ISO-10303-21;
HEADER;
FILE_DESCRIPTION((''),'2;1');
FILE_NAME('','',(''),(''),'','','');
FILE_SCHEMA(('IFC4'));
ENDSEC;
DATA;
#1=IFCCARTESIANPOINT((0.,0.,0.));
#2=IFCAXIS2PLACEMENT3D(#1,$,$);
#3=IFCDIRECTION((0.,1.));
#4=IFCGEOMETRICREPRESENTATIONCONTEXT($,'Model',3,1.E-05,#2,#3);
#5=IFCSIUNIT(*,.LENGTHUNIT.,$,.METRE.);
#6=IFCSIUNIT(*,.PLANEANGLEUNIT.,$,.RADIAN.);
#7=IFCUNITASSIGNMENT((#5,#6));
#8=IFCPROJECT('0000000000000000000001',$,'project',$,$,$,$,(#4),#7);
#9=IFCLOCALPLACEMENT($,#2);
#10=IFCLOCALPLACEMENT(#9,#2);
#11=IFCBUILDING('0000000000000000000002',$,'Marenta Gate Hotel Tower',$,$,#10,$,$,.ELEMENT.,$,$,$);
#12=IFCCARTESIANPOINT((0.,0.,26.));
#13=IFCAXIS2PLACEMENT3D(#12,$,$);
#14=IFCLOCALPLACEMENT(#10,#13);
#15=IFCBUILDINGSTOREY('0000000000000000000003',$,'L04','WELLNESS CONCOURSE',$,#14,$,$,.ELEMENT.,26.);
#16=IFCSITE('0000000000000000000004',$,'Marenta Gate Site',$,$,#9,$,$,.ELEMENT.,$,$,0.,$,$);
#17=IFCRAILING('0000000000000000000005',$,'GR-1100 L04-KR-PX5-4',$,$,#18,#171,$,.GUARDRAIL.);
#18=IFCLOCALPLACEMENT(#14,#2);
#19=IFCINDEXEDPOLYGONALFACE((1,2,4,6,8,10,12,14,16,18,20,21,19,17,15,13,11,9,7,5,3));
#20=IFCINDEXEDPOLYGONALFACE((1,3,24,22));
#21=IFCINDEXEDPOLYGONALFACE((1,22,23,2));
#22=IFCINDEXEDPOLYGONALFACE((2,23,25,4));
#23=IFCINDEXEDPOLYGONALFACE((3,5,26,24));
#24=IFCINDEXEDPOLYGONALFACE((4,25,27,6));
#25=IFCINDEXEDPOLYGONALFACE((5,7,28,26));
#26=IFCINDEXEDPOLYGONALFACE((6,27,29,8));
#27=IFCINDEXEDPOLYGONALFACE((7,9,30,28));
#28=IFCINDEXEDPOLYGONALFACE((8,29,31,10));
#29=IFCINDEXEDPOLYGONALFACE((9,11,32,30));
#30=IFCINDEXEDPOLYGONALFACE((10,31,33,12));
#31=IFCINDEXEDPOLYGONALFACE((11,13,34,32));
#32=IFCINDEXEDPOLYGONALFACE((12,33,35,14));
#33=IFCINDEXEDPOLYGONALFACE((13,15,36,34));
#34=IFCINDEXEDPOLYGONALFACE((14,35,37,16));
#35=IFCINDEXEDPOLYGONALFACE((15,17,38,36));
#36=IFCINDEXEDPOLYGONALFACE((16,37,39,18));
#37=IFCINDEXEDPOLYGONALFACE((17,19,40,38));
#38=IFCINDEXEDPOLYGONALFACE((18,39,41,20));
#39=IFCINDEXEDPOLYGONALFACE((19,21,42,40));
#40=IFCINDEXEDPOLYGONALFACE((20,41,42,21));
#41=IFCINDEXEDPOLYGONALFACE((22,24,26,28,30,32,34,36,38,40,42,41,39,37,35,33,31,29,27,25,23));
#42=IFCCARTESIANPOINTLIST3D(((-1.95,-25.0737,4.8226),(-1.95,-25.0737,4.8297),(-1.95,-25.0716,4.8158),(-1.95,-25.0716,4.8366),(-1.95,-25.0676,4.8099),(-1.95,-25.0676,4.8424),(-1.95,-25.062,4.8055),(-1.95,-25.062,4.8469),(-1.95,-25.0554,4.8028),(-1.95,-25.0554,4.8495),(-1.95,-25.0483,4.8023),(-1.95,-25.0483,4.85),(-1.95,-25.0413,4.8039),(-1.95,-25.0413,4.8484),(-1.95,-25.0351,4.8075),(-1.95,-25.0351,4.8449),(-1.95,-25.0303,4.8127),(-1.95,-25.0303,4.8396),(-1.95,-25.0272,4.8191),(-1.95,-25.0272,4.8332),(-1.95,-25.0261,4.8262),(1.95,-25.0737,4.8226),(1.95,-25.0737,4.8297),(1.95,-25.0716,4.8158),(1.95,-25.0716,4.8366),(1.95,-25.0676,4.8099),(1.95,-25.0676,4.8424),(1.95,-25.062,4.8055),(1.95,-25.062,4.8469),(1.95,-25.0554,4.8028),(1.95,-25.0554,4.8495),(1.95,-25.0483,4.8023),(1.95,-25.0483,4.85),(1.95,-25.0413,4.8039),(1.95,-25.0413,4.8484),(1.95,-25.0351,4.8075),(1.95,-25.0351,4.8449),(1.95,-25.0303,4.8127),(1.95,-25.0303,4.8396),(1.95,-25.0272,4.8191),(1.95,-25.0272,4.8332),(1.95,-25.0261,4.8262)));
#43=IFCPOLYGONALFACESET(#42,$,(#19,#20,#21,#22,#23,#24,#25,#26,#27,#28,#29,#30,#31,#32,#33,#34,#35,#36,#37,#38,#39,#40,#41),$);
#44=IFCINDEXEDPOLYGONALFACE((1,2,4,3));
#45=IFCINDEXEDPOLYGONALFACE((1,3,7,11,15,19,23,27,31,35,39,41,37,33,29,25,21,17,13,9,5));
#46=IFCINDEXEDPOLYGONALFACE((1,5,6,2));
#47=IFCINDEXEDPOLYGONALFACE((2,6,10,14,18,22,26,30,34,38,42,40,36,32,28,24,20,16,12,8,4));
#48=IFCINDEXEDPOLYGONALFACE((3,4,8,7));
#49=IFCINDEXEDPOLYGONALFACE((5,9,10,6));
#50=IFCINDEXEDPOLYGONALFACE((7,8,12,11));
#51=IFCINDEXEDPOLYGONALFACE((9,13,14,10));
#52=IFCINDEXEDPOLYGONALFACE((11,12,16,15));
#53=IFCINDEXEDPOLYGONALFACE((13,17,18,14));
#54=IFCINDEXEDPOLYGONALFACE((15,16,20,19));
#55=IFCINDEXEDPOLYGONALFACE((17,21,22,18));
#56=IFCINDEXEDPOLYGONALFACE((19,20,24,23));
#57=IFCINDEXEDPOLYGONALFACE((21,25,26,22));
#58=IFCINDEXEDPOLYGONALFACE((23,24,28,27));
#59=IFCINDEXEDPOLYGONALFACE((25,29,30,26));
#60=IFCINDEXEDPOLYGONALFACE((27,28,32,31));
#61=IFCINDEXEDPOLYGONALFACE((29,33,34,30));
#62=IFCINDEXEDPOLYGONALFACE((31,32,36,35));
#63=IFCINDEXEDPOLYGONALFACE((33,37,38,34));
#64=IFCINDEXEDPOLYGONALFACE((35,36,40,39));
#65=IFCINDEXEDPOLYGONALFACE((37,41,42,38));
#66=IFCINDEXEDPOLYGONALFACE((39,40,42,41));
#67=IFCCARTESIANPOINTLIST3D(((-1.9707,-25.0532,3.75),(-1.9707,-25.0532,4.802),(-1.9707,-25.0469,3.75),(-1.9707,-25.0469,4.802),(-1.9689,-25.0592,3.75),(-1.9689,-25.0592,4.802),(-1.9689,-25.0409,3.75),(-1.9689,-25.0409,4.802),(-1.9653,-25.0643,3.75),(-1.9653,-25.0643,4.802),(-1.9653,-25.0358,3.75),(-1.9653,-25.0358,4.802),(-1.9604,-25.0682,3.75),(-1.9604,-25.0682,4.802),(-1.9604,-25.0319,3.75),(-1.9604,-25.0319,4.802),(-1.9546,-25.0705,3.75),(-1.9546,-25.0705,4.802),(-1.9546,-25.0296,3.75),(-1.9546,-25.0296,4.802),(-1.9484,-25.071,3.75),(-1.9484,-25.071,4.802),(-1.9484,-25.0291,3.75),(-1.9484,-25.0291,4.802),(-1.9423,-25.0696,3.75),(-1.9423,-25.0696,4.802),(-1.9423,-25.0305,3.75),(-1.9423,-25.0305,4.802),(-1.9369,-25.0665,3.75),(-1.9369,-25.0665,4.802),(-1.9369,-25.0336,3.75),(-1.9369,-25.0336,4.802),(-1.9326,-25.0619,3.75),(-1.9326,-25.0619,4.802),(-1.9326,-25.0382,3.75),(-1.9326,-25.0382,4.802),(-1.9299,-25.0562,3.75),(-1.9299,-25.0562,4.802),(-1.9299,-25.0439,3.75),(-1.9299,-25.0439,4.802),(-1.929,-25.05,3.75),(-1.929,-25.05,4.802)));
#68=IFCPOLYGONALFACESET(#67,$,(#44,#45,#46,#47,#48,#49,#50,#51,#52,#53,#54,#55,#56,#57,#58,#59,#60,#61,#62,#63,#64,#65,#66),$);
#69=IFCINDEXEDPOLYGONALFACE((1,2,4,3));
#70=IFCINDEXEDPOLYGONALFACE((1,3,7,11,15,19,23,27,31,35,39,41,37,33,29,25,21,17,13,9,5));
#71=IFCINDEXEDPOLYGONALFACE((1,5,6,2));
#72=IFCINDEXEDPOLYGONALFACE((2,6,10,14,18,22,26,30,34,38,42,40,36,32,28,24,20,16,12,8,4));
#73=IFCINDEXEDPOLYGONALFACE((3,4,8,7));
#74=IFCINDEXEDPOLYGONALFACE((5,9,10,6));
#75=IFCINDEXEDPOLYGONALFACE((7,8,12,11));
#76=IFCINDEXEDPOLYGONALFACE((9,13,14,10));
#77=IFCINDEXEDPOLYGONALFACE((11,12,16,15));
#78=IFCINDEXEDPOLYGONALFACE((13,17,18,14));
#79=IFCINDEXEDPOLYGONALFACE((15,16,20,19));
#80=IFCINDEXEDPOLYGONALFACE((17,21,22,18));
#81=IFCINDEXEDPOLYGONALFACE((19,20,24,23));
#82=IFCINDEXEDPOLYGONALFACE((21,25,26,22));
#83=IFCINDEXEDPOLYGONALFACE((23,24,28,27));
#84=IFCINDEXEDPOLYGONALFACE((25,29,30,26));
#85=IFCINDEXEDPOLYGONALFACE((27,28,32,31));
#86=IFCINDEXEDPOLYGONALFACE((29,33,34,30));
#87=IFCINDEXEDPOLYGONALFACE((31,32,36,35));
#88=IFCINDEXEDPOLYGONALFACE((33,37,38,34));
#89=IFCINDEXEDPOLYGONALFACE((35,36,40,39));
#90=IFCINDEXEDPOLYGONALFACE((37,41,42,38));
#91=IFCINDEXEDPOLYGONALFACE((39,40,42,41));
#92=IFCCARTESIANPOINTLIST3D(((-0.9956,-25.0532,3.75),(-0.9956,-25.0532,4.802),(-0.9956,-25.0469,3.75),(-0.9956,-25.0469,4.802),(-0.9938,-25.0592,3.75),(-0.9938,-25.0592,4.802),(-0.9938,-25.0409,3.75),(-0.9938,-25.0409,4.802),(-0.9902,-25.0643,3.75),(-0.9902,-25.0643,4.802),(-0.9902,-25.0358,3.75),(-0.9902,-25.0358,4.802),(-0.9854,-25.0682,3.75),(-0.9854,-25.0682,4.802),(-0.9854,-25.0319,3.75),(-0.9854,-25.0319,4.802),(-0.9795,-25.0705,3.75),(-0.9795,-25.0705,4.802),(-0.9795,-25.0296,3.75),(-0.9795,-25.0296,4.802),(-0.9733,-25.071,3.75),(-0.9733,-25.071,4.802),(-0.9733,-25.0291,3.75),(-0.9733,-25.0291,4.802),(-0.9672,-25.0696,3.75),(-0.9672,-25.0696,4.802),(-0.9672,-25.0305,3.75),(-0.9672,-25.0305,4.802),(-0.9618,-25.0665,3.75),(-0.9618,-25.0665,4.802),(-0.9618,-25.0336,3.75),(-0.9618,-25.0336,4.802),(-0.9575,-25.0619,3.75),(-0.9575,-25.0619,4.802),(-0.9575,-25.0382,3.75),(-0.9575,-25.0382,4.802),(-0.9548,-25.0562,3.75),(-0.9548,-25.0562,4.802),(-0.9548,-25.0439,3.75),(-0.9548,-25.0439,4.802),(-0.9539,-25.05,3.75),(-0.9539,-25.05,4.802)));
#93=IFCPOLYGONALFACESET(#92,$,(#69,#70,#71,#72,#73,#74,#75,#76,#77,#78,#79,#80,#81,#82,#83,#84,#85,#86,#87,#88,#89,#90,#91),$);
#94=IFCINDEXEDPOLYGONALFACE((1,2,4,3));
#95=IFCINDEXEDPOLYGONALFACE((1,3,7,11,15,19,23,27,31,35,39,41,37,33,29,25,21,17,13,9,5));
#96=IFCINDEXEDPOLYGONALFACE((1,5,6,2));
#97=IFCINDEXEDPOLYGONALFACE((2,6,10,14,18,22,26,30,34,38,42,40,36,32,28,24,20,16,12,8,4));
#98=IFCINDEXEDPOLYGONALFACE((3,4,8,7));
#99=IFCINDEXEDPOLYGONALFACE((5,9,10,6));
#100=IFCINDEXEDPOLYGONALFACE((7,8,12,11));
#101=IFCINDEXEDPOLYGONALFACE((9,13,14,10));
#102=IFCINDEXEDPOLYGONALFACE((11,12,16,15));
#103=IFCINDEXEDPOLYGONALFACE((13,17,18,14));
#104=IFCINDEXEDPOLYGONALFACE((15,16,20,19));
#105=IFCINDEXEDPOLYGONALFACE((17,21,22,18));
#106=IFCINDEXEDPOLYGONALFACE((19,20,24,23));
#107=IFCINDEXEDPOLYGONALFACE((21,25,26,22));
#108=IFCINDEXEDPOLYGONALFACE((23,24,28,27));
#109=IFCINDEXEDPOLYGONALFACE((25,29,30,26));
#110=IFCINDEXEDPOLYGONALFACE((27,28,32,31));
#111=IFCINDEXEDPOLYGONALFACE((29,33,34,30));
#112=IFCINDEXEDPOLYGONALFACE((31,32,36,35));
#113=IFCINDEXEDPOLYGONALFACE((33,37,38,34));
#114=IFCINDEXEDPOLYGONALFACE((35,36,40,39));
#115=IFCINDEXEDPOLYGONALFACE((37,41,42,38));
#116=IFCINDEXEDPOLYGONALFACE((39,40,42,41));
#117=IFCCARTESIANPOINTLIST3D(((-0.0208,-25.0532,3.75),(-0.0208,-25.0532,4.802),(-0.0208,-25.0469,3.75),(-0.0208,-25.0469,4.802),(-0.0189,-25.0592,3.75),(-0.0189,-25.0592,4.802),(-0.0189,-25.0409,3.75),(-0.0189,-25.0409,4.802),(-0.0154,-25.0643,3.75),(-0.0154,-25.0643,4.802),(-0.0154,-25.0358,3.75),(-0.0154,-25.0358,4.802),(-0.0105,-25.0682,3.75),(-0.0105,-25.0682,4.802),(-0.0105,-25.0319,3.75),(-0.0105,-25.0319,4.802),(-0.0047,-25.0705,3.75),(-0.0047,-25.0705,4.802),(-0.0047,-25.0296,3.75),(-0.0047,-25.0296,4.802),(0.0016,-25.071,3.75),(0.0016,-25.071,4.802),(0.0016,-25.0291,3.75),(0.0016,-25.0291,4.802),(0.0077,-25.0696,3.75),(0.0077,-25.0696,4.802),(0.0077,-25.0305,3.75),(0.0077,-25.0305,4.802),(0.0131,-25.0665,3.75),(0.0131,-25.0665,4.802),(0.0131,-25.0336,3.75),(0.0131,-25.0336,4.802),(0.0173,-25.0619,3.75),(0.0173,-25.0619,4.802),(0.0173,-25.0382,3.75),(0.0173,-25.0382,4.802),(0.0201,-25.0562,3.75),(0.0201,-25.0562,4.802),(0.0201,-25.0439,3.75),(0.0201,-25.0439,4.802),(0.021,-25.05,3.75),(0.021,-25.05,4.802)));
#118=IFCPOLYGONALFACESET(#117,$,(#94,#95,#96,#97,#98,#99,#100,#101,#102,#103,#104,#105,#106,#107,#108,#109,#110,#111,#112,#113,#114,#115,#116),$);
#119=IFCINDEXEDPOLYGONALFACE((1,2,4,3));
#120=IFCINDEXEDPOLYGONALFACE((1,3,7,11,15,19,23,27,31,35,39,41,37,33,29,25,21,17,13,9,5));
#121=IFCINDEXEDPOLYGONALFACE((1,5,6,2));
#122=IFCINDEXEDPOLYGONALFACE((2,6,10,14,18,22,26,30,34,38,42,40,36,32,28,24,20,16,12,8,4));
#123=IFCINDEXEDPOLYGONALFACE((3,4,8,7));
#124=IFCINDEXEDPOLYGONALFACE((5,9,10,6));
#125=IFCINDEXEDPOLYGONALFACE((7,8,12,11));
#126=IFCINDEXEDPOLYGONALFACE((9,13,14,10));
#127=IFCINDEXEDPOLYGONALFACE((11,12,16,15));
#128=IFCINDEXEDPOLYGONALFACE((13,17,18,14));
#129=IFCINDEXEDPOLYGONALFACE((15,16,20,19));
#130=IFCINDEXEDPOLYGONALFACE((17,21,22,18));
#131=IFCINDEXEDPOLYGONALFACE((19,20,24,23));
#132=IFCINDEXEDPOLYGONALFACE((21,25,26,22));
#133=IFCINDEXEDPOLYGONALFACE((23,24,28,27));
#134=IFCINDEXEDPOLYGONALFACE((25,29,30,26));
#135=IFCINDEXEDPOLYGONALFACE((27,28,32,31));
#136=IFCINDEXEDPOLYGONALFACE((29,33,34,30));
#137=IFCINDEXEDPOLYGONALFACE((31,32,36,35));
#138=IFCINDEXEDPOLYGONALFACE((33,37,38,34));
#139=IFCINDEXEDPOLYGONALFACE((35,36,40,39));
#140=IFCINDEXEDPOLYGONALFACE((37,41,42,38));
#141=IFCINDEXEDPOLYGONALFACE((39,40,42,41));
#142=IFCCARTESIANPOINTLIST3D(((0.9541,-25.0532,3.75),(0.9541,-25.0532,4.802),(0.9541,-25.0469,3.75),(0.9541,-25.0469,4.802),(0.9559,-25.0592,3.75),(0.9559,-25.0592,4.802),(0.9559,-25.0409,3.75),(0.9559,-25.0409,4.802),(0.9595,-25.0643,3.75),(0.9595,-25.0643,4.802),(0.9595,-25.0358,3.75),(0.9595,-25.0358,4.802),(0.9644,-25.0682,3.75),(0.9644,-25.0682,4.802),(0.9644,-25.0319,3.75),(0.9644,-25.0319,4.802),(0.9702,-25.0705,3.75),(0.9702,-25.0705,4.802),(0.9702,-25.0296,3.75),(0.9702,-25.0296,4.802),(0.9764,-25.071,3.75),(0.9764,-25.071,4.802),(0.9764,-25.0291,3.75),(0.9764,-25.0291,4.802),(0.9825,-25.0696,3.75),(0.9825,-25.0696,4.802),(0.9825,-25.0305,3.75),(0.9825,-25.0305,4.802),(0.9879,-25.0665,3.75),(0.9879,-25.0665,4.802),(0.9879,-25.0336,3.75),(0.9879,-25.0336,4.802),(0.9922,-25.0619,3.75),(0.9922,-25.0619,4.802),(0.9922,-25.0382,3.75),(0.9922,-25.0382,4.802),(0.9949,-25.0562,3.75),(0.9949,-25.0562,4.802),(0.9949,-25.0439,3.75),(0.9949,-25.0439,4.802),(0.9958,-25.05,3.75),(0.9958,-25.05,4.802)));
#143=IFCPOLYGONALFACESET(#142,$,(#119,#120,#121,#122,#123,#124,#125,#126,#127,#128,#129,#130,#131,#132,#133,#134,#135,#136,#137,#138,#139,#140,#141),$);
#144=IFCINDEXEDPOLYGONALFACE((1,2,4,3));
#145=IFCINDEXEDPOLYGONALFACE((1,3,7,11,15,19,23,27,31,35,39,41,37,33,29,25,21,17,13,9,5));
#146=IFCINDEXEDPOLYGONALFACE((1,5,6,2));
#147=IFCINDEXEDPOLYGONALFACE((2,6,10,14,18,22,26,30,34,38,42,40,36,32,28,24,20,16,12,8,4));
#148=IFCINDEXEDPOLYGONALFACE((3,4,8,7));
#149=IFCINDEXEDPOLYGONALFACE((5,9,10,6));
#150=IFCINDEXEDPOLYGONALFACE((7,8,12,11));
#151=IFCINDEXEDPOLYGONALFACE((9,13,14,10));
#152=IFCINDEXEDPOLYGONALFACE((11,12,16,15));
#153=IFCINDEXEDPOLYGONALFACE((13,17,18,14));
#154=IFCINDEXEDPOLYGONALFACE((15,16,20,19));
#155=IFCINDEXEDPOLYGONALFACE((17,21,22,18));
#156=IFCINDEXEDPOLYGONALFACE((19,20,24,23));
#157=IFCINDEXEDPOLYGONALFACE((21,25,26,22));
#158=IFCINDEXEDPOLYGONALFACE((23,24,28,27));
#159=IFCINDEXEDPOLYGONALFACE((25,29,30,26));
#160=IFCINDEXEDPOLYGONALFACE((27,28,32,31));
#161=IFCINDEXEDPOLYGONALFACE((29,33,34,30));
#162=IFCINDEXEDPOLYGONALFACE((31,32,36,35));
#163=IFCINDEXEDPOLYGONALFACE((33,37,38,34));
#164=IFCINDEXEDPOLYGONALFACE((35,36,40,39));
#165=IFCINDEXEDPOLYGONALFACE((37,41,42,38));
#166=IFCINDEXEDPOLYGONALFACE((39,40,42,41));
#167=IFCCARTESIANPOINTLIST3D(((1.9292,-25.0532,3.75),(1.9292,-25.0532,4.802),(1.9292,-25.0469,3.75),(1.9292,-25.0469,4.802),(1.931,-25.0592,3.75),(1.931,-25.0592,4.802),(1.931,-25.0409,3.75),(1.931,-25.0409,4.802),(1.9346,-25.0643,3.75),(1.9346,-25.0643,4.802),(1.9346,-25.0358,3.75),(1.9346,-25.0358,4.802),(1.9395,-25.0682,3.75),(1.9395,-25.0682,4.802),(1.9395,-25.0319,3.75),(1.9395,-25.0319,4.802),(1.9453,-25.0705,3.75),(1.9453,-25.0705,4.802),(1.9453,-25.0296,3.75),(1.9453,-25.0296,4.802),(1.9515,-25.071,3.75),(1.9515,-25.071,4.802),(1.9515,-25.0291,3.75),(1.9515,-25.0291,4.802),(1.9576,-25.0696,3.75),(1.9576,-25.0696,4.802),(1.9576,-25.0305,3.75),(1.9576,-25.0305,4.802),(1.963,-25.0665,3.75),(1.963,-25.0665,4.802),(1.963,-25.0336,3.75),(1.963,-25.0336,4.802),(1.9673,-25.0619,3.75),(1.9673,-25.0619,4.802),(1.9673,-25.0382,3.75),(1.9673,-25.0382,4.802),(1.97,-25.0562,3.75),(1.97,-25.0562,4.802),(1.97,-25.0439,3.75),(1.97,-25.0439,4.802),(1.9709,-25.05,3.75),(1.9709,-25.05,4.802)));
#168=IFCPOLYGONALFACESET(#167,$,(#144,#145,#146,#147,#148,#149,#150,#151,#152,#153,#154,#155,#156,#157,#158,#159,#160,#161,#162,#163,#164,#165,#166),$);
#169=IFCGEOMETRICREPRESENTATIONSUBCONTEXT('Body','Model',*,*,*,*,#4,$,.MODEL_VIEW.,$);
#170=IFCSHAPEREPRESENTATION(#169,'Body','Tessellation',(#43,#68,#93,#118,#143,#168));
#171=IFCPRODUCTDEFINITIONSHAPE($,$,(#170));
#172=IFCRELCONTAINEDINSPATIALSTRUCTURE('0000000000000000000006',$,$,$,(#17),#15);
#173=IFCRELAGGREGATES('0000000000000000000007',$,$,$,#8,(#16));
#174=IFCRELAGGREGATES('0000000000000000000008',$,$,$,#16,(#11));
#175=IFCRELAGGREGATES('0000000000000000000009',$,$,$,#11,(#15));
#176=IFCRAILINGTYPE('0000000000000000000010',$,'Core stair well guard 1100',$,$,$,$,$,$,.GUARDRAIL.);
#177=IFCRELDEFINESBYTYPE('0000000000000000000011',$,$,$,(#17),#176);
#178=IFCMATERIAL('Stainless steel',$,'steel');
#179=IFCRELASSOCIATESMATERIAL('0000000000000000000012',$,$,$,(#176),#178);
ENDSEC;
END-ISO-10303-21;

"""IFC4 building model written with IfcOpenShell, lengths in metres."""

from ifc_helpers import new_model, si_unit, direction, frame, origin, origin_2d, place, context, subcontext, project, spatial, circle, extrude, material, type_object, element, save


model = new_model("IFC4")

# Units and contexts
model_context = context("Model", 3, precision=1e-05, world=origin(), true_north=direction((0.0, 1.0)))
body_context = subcontext(model_context, "Body", "Model", "MODEL_VIEW")
ifc_project = project(units=[si_unit("LENGTHUNIT", "METRE"), si_unit("PLANEANGLEUNIT", "RADIAN")], contexts=[model_context])

# Site, building, storey
site_placement = place(None, origin())
site = spatial("IfcSite", under=ifc_project, at=site_placement, Name="Marenta Gate Site", CompositionType="ELEMENT", RefElevation=0.0)
building_placement = place(site_placement, origin())
building = spatial("IfcBuilding", under=site, at=building_placement, Name="Marenta Gate Hotel Tower", CompositionType="ELEMENT")
storey_placement = place(building_placement, frame((0.0, 0.0, 26.0)))
storey = spatial("IfcBuildingStorey", under=building, at=storey_placement, Name="L04", Description="WELLNESS CONCOURSE", CompositionType="ELEMENT", Elevation=26.0)

# Railing
ifc_material_1 = material(Name="Stainless steel", Category="steel")
railing_type_1 = type_object("IfcRailingType", Name="Core stair well guard 1100", PredefinedType="GUARDRAIL", material=ifc_material_1)
for number, where, name in (
    (1, (-1.95, -25.05, 3.75), "GR-1100 L04-KR-PX5-4"),
):
    element("IfcRailing", number, at=place(storey_placement, frame(where)), inside=storey, type_object=railing_type_1, Name=name, PredefinedType="GUARDRAIL", context=body_context, shape_type="SweptSolid", body=[
        extrude(circle(Radius=0.0239, at=origin_2d()), frame((0.0, 0.0, 1.0762), z_axis=(1.0, 0.0, 0.0), x_axis=(0.0, 1.0, 0.0)), (0.0, 0.0, 1.0), 3.8999),
        extrude(circle(Radius=0.021, at=origin_2d()), origin(), (0.0, 0.0, 1.0), 1.052),
        extrude(circle(Radius=0.021, at=origin_2d()), frame((0.9751, 0.0, 0.0)), (0.0, 0.0, 1.0), 1.052),
        extrude(circle(Radius=0.021, at=origin_2d()), frame((1.95, 0.0, 0.0)), (0.0, 0.0, 1.0), 1.052),
        extrude(circle(Radius=0.021, at=origin_2d()), frame((2.9248, 0.0, 0.0)), (0.0, 0.0, 1.0), 1.052),
        extrude(circle(Radius=0.021, at=origin_2d()), frame((3.8999, 0.0, 0.0)), (0.0, 0.0, 1.0), 1.052),
    ])

save(model, "model.ifc")
